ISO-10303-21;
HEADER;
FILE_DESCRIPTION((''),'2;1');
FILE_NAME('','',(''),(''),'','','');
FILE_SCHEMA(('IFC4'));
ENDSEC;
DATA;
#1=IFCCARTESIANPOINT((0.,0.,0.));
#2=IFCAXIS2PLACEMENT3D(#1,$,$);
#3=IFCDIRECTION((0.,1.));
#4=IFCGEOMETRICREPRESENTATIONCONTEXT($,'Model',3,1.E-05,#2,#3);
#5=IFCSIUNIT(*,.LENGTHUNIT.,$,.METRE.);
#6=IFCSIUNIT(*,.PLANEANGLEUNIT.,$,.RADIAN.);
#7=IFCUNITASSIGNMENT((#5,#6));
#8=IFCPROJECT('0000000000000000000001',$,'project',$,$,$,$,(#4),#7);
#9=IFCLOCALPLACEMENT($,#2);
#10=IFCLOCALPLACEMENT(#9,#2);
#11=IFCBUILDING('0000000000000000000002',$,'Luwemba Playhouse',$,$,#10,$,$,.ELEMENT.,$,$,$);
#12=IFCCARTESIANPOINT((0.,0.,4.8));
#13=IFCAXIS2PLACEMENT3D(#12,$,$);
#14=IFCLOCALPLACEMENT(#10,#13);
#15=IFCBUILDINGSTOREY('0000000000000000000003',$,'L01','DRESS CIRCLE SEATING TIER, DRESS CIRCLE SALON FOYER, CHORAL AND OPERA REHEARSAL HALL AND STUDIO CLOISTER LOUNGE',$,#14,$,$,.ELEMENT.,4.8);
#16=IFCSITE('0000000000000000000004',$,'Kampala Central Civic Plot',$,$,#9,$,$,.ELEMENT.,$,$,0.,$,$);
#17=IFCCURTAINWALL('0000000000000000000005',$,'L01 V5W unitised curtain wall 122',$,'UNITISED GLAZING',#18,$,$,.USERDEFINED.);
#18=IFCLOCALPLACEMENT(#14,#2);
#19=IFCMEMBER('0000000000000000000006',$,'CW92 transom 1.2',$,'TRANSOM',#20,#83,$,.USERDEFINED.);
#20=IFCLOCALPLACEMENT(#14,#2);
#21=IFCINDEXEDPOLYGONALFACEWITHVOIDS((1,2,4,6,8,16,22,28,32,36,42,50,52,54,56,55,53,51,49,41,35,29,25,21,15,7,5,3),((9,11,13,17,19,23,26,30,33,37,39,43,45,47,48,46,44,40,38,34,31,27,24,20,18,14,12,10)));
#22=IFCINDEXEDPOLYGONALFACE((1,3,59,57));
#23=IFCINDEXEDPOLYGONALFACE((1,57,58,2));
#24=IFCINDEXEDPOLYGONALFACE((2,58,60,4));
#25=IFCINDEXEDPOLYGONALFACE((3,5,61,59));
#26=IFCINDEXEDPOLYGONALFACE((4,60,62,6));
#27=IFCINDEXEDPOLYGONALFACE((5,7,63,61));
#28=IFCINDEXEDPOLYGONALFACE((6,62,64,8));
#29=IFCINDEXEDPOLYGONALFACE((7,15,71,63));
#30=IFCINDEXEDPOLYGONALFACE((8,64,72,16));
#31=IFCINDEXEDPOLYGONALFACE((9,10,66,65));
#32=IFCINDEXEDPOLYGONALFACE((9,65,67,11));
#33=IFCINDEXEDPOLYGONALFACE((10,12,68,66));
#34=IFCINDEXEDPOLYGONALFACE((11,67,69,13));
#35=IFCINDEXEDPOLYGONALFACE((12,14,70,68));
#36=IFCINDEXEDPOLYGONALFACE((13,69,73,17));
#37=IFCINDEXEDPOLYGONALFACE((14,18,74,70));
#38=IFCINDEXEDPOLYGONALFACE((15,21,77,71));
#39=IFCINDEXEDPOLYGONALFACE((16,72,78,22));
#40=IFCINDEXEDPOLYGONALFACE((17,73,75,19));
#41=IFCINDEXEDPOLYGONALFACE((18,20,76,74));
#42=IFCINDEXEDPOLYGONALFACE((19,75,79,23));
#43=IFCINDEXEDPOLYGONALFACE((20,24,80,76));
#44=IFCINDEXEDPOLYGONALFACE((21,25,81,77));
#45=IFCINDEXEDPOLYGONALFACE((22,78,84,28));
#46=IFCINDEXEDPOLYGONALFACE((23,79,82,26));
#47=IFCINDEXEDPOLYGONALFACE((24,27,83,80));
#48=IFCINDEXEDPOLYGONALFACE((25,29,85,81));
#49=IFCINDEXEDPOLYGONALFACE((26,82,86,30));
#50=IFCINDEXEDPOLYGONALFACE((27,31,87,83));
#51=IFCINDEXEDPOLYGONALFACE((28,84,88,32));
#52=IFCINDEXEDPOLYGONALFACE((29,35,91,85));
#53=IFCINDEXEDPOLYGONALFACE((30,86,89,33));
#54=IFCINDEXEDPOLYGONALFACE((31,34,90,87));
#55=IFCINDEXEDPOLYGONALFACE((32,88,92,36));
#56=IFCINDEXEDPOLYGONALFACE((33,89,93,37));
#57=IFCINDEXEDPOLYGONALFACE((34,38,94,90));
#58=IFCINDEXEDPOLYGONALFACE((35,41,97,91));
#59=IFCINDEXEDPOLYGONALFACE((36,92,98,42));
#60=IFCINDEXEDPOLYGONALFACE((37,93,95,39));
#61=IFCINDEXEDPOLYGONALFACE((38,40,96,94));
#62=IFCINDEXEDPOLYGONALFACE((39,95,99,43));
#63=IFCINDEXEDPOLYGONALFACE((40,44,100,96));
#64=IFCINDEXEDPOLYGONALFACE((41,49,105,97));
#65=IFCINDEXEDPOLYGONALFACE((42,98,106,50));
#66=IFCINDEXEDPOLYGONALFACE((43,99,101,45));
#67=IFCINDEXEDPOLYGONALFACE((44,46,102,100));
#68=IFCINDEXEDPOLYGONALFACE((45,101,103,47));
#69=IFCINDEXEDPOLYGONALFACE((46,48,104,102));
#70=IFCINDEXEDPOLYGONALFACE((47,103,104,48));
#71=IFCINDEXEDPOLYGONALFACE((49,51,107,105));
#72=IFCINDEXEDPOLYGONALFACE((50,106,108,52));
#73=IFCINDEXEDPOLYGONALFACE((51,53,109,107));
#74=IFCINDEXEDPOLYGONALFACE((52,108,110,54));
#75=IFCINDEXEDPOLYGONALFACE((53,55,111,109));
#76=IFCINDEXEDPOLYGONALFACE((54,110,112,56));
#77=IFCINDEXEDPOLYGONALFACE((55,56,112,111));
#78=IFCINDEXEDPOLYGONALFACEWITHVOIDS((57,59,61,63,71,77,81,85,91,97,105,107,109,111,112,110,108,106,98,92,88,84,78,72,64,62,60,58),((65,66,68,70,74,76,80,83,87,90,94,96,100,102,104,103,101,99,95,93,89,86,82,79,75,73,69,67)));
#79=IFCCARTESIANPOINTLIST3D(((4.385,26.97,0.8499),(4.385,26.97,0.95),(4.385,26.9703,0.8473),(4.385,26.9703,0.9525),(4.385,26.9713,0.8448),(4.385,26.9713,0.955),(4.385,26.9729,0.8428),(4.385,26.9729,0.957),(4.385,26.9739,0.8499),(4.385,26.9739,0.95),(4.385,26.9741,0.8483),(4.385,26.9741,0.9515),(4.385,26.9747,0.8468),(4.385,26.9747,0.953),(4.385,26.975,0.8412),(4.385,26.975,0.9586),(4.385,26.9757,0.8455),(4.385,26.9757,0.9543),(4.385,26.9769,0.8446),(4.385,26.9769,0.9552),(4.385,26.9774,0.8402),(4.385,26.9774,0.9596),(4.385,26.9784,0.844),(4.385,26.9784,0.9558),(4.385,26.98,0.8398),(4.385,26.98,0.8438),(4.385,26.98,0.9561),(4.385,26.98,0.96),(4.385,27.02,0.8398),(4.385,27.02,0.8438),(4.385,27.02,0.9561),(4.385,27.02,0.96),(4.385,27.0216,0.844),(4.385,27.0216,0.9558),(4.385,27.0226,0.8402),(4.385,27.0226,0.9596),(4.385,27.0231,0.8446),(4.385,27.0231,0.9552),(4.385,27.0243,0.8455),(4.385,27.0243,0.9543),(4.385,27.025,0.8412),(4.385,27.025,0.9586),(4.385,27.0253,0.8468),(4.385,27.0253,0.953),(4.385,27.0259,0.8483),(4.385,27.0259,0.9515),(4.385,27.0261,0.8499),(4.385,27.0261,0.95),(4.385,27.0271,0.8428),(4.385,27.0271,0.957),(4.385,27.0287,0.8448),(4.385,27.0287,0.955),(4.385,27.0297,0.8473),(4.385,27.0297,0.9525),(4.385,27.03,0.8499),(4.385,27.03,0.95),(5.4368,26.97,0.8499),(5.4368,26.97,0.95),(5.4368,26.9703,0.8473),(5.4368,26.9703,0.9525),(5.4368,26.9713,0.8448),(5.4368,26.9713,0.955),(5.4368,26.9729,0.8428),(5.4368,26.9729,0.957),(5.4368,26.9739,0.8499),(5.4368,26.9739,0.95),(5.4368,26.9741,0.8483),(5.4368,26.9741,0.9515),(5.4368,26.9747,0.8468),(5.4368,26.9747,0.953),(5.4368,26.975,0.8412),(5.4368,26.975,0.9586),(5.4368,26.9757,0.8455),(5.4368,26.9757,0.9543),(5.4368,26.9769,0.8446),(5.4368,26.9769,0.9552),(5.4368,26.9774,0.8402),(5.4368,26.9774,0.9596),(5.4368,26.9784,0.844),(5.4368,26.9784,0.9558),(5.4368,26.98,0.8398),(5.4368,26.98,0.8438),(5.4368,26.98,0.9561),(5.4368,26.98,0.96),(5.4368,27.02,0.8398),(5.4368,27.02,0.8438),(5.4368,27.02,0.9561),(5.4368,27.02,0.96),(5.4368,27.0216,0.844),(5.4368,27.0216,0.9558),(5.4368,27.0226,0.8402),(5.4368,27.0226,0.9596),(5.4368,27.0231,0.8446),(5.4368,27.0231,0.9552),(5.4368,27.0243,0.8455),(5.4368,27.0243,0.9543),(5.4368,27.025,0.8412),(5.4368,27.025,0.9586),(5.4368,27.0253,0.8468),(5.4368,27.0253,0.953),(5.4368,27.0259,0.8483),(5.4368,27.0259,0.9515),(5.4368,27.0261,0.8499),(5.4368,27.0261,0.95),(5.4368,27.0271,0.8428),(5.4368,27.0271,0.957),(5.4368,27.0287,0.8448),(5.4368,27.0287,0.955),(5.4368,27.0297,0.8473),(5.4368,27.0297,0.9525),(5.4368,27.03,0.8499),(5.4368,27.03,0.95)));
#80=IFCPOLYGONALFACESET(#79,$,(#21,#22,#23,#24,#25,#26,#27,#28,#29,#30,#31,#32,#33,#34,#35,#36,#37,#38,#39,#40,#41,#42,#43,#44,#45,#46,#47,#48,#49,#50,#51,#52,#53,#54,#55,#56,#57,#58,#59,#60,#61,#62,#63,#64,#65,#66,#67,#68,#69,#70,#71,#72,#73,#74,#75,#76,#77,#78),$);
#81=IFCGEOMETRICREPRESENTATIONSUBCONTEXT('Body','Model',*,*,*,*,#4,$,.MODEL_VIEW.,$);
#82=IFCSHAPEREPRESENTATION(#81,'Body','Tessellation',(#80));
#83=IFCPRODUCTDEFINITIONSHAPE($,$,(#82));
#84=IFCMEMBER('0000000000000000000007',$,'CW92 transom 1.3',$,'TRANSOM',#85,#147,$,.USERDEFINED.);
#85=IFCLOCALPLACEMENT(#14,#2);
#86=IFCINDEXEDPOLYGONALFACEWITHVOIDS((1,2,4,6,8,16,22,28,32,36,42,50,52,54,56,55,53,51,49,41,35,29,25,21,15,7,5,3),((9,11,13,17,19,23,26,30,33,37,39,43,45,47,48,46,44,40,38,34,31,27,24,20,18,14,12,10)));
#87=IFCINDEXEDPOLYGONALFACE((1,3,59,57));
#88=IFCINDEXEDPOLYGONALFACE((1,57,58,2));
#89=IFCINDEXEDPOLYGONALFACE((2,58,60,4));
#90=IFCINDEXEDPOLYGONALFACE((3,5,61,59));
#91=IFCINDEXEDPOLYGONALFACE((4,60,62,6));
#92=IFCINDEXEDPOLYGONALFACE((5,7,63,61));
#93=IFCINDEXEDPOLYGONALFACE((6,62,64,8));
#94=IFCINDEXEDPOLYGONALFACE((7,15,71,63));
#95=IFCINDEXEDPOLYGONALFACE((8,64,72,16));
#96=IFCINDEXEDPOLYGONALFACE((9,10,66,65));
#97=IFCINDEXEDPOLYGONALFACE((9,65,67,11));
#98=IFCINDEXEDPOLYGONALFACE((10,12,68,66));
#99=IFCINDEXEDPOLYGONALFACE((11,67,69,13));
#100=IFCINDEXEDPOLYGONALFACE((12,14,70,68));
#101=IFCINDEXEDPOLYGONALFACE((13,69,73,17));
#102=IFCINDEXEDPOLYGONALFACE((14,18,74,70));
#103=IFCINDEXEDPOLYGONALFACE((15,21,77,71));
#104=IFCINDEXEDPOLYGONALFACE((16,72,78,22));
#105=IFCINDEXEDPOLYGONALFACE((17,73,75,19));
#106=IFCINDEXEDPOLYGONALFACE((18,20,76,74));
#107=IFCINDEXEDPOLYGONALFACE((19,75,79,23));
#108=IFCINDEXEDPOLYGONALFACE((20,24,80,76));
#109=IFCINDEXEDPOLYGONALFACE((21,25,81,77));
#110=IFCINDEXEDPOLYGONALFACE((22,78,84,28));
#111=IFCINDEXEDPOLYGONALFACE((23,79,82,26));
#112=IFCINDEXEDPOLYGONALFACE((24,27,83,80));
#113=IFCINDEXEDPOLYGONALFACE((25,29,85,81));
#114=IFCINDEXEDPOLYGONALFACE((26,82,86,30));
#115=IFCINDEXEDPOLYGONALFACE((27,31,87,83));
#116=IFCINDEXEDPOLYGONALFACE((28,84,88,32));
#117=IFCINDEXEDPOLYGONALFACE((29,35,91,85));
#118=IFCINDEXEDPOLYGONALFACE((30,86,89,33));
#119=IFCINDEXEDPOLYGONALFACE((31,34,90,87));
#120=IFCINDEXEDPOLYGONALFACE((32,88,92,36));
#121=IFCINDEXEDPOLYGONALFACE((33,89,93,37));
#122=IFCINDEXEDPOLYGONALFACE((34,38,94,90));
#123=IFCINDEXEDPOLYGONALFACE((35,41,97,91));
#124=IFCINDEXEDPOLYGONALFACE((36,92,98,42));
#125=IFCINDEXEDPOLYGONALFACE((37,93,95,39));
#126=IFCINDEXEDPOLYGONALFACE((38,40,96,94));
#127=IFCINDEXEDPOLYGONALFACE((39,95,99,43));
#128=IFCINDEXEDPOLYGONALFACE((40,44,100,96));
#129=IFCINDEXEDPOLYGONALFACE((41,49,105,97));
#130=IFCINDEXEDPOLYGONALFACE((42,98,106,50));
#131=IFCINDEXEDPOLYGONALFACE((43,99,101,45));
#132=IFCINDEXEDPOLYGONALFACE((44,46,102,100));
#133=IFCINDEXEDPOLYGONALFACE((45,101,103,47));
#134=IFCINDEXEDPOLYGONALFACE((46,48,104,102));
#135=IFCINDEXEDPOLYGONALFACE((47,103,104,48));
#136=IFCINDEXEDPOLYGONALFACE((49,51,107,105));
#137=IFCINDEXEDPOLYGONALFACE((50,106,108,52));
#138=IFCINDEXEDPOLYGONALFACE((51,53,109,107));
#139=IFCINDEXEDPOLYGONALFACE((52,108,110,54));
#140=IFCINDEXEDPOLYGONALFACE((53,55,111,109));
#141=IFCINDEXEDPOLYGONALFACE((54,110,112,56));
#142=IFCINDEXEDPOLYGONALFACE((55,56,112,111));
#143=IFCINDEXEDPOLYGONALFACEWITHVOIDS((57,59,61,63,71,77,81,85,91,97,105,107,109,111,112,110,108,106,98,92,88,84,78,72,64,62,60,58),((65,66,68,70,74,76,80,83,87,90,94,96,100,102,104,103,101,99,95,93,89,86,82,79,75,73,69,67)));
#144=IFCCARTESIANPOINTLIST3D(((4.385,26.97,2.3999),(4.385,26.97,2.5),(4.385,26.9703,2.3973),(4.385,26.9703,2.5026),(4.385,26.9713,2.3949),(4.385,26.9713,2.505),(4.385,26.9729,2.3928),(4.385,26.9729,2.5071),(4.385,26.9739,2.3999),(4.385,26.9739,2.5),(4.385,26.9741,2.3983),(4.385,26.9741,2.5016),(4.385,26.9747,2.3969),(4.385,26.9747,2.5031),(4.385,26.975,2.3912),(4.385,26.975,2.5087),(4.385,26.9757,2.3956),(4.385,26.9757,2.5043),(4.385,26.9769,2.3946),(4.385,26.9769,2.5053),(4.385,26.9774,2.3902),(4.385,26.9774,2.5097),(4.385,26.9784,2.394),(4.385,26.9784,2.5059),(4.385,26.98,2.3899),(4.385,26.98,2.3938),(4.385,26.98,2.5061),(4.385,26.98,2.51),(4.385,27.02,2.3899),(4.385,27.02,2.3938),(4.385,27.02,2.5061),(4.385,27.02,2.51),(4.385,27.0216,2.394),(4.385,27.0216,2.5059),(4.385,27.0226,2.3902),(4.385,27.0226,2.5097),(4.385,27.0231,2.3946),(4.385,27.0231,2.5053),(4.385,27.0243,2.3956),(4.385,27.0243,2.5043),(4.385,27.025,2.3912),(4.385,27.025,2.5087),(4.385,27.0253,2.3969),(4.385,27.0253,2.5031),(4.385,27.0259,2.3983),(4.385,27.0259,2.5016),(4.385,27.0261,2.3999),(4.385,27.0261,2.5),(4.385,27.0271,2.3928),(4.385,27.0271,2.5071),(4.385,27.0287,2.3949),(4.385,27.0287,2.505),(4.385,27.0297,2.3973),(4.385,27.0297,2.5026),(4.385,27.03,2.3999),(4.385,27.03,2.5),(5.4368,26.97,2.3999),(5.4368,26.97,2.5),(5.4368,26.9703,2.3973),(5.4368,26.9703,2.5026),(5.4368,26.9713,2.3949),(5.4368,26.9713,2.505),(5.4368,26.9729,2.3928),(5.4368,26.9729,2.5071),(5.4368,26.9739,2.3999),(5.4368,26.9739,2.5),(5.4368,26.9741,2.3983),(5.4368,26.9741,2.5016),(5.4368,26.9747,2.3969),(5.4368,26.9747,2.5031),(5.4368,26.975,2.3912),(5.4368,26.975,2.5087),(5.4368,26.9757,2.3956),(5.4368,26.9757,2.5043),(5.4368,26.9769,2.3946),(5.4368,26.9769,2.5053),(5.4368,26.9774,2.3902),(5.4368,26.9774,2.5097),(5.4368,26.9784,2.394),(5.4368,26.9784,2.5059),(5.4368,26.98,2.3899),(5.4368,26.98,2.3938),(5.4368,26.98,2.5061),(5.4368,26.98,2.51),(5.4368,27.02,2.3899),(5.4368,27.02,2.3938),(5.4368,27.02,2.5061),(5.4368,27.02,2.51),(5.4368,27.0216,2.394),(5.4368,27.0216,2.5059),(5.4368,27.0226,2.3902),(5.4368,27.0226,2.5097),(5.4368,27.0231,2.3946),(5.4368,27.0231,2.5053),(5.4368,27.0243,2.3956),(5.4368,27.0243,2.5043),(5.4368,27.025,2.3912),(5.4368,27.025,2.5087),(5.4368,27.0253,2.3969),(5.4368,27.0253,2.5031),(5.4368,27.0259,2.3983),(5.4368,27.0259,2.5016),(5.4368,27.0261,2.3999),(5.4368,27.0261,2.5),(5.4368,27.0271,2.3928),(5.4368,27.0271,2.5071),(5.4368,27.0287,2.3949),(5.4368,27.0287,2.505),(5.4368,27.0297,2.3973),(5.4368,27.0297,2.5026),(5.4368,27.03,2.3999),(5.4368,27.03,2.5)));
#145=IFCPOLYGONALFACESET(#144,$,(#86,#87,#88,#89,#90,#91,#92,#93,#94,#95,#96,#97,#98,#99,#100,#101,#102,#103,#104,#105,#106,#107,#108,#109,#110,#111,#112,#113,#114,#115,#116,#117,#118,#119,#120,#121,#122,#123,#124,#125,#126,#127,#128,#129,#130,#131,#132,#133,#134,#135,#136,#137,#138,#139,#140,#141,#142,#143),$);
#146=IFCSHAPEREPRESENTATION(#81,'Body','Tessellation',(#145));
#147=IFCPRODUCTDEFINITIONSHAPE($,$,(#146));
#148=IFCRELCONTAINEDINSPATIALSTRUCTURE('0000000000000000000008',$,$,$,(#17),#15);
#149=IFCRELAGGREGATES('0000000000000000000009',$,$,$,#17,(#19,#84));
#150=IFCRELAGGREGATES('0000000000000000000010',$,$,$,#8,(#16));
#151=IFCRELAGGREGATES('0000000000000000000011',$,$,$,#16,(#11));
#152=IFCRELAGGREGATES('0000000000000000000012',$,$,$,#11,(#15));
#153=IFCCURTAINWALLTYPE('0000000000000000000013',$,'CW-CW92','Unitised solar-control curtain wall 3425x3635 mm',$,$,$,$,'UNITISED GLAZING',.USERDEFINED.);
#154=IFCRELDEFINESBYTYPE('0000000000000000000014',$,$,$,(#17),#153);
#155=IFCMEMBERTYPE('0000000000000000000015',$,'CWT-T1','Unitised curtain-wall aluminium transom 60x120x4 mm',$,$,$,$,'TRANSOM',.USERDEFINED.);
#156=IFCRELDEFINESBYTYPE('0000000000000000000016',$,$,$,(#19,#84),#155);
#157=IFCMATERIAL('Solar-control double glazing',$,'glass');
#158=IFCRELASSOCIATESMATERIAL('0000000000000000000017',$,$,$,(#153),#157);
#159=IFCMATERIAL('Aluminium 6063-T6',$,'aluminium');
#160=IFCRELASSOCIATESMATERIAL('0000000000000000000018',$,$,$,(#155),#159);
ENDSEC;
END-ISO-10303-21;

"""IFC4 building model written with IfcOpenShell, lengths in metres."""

from ifc_helpers import new_model, si_unit, direction, frame, origin, origin_2d, place, context, subcontext, project, spatial, hollow_rectangle, extrude, material, material_profile, profile_set, type_object, element, aggregate, save


model = new_model("IFC4")

# Units and contexts
model_context = context("Model", 3, precision=1e-05, world=origin(), true_north=direction((0.0, 1.0)))
body_context = subcontext(model_context, "Body", "Model", "MODEL_VIEW")
ifc_project = project(units=[si_unit("LENGTHUNIT", "METRE"), si_unit("PLANEANGLEUNIT", "RADIAN")], contexts=[model_context])

# Site, building, storey
site_placement = place(None, origin())
site = spatial("IfcSite", under=ifc_project, at=site_placement, Name="Kampala Central Civic Plot", CompositionType="ELEMENT", RefElevation=0.0)
building_placement = place(site_placement, origin())
building = spatial("IfcBuilding", under=site, at=building_placement, Name="Luwemba Playhouse", CompositionType="ELEMENT")
storey_placement = place(building_placement, frame((0.0, 0.0, 4.8)))
storey = spatial("IfcBuildingStorey", under=building, at=storey_placement, Name="L01", Description="DRESS CIRCLE SEATING TIER, DRESS CIRCLE SALON FOYER, CHORAL AND OPERA REHEARSAL HALL AND STUDIO CLOISTER LOUNGE", CompositionType="ELEMENT", Elevation=4.8)

# Curtain wall
ifc_material_1 = material(Name="Solar-control double glazing", Category="glass")
curtain_wall_type_1 = type_object("IfcCurtainWallType", Name="CW-CW92", Description="Unitised solar-control curtain wall 3425x3635 mm", ElementType="UNITISED GLAZING", PredefinedType="USERDEFINED", material=ifc_material_1)
curtain_wall_1_placement = place(storey_placement, origin())
curtain_wall_1 = element("IfcCurtainWall", 1, at=curtain_wall_1_placement, inside=storey, type_object=curtain_wall_type_1, Name="L01 V5W unitised curtain wall 122", ObjectType="UNITISED GLAZING", PredefinedType="USERDEFINED")
ifc_material_2 = material(Name="Aluminium 6063-T6", Category="aluminium")

# Members
ifc_material_profile_1 = material_profile(ifc_material_2, hollow_rectangle(XDim=0.0601, YDim=0.1201, WallThickness=0.0039, InnerFilletRadius=0.0061, OuterFilletRadius=0.01, at=origin_2d()))
ifc_profile_set_1 = profile_set([ifc_material_profile_1], Name="Aluminium 6063-T6")
member_type_1 = type_object("IfcMemberType", Name="CWT-T1", Description="Unitised curtain-wall aluminium transom 60x120x4 mm", ElementType="TRANSOM", PredefinedType="USERDEFINED", material=ifc_profile_set_1)
member_1_placement = place(storey_placement, frame((4.385, 27.0, 0.8999), z_axis=(1.0, 0.0, 0.0), x_axis=(0.0, 1.0, 0.0)))
member_1 = element("IfcMember", 2, at=member_1_placement, type_object=member_type_1, Name="CW92 transom 1.2", ObjectType="TRANSOM", PredefinedType="USERDEFINED", context=body_context, shape_type="SweptSolid", body=[
    extrude(hollow_rectangle(XDim=0.0601, YDim=0.1201, WallThickness=0.0039, InnerFilletRadius=0.0061, OuterFilletRadius=0.01, at=origin_2d()), origin(), (0.0, 0.0, 1.0), 1.0518),
])
member_2_placement = place(storey_placement, frame((4.385, 27.0, 2.45), z_axis=(1.0, 0.0, 0.0), x_axis=(0.0, 1.0, 0.0)))
member_2 = element("IfcMember", 3, at=member_2_placement, type_object=member_type_1, Name="CW92 transom 1.3", ObjectType="TRANSOM", PredefinedType="USERDEFINED", context=body_context, shape_type="SweptSolid", body=[
    extrude(hollow_rectangle(XDim=0.0601, YDim=0.1201, WallThickness=0.0039, InnerFilletRadius=0.0061, OuterFilletRadius=0.01, at=origin_2d()), origin(), (0.0, 0.0, 1.0), 1.0518),
])

aggregate(curtain_wall_1, [member_1, member_2])

save(model, "model.ifc")
